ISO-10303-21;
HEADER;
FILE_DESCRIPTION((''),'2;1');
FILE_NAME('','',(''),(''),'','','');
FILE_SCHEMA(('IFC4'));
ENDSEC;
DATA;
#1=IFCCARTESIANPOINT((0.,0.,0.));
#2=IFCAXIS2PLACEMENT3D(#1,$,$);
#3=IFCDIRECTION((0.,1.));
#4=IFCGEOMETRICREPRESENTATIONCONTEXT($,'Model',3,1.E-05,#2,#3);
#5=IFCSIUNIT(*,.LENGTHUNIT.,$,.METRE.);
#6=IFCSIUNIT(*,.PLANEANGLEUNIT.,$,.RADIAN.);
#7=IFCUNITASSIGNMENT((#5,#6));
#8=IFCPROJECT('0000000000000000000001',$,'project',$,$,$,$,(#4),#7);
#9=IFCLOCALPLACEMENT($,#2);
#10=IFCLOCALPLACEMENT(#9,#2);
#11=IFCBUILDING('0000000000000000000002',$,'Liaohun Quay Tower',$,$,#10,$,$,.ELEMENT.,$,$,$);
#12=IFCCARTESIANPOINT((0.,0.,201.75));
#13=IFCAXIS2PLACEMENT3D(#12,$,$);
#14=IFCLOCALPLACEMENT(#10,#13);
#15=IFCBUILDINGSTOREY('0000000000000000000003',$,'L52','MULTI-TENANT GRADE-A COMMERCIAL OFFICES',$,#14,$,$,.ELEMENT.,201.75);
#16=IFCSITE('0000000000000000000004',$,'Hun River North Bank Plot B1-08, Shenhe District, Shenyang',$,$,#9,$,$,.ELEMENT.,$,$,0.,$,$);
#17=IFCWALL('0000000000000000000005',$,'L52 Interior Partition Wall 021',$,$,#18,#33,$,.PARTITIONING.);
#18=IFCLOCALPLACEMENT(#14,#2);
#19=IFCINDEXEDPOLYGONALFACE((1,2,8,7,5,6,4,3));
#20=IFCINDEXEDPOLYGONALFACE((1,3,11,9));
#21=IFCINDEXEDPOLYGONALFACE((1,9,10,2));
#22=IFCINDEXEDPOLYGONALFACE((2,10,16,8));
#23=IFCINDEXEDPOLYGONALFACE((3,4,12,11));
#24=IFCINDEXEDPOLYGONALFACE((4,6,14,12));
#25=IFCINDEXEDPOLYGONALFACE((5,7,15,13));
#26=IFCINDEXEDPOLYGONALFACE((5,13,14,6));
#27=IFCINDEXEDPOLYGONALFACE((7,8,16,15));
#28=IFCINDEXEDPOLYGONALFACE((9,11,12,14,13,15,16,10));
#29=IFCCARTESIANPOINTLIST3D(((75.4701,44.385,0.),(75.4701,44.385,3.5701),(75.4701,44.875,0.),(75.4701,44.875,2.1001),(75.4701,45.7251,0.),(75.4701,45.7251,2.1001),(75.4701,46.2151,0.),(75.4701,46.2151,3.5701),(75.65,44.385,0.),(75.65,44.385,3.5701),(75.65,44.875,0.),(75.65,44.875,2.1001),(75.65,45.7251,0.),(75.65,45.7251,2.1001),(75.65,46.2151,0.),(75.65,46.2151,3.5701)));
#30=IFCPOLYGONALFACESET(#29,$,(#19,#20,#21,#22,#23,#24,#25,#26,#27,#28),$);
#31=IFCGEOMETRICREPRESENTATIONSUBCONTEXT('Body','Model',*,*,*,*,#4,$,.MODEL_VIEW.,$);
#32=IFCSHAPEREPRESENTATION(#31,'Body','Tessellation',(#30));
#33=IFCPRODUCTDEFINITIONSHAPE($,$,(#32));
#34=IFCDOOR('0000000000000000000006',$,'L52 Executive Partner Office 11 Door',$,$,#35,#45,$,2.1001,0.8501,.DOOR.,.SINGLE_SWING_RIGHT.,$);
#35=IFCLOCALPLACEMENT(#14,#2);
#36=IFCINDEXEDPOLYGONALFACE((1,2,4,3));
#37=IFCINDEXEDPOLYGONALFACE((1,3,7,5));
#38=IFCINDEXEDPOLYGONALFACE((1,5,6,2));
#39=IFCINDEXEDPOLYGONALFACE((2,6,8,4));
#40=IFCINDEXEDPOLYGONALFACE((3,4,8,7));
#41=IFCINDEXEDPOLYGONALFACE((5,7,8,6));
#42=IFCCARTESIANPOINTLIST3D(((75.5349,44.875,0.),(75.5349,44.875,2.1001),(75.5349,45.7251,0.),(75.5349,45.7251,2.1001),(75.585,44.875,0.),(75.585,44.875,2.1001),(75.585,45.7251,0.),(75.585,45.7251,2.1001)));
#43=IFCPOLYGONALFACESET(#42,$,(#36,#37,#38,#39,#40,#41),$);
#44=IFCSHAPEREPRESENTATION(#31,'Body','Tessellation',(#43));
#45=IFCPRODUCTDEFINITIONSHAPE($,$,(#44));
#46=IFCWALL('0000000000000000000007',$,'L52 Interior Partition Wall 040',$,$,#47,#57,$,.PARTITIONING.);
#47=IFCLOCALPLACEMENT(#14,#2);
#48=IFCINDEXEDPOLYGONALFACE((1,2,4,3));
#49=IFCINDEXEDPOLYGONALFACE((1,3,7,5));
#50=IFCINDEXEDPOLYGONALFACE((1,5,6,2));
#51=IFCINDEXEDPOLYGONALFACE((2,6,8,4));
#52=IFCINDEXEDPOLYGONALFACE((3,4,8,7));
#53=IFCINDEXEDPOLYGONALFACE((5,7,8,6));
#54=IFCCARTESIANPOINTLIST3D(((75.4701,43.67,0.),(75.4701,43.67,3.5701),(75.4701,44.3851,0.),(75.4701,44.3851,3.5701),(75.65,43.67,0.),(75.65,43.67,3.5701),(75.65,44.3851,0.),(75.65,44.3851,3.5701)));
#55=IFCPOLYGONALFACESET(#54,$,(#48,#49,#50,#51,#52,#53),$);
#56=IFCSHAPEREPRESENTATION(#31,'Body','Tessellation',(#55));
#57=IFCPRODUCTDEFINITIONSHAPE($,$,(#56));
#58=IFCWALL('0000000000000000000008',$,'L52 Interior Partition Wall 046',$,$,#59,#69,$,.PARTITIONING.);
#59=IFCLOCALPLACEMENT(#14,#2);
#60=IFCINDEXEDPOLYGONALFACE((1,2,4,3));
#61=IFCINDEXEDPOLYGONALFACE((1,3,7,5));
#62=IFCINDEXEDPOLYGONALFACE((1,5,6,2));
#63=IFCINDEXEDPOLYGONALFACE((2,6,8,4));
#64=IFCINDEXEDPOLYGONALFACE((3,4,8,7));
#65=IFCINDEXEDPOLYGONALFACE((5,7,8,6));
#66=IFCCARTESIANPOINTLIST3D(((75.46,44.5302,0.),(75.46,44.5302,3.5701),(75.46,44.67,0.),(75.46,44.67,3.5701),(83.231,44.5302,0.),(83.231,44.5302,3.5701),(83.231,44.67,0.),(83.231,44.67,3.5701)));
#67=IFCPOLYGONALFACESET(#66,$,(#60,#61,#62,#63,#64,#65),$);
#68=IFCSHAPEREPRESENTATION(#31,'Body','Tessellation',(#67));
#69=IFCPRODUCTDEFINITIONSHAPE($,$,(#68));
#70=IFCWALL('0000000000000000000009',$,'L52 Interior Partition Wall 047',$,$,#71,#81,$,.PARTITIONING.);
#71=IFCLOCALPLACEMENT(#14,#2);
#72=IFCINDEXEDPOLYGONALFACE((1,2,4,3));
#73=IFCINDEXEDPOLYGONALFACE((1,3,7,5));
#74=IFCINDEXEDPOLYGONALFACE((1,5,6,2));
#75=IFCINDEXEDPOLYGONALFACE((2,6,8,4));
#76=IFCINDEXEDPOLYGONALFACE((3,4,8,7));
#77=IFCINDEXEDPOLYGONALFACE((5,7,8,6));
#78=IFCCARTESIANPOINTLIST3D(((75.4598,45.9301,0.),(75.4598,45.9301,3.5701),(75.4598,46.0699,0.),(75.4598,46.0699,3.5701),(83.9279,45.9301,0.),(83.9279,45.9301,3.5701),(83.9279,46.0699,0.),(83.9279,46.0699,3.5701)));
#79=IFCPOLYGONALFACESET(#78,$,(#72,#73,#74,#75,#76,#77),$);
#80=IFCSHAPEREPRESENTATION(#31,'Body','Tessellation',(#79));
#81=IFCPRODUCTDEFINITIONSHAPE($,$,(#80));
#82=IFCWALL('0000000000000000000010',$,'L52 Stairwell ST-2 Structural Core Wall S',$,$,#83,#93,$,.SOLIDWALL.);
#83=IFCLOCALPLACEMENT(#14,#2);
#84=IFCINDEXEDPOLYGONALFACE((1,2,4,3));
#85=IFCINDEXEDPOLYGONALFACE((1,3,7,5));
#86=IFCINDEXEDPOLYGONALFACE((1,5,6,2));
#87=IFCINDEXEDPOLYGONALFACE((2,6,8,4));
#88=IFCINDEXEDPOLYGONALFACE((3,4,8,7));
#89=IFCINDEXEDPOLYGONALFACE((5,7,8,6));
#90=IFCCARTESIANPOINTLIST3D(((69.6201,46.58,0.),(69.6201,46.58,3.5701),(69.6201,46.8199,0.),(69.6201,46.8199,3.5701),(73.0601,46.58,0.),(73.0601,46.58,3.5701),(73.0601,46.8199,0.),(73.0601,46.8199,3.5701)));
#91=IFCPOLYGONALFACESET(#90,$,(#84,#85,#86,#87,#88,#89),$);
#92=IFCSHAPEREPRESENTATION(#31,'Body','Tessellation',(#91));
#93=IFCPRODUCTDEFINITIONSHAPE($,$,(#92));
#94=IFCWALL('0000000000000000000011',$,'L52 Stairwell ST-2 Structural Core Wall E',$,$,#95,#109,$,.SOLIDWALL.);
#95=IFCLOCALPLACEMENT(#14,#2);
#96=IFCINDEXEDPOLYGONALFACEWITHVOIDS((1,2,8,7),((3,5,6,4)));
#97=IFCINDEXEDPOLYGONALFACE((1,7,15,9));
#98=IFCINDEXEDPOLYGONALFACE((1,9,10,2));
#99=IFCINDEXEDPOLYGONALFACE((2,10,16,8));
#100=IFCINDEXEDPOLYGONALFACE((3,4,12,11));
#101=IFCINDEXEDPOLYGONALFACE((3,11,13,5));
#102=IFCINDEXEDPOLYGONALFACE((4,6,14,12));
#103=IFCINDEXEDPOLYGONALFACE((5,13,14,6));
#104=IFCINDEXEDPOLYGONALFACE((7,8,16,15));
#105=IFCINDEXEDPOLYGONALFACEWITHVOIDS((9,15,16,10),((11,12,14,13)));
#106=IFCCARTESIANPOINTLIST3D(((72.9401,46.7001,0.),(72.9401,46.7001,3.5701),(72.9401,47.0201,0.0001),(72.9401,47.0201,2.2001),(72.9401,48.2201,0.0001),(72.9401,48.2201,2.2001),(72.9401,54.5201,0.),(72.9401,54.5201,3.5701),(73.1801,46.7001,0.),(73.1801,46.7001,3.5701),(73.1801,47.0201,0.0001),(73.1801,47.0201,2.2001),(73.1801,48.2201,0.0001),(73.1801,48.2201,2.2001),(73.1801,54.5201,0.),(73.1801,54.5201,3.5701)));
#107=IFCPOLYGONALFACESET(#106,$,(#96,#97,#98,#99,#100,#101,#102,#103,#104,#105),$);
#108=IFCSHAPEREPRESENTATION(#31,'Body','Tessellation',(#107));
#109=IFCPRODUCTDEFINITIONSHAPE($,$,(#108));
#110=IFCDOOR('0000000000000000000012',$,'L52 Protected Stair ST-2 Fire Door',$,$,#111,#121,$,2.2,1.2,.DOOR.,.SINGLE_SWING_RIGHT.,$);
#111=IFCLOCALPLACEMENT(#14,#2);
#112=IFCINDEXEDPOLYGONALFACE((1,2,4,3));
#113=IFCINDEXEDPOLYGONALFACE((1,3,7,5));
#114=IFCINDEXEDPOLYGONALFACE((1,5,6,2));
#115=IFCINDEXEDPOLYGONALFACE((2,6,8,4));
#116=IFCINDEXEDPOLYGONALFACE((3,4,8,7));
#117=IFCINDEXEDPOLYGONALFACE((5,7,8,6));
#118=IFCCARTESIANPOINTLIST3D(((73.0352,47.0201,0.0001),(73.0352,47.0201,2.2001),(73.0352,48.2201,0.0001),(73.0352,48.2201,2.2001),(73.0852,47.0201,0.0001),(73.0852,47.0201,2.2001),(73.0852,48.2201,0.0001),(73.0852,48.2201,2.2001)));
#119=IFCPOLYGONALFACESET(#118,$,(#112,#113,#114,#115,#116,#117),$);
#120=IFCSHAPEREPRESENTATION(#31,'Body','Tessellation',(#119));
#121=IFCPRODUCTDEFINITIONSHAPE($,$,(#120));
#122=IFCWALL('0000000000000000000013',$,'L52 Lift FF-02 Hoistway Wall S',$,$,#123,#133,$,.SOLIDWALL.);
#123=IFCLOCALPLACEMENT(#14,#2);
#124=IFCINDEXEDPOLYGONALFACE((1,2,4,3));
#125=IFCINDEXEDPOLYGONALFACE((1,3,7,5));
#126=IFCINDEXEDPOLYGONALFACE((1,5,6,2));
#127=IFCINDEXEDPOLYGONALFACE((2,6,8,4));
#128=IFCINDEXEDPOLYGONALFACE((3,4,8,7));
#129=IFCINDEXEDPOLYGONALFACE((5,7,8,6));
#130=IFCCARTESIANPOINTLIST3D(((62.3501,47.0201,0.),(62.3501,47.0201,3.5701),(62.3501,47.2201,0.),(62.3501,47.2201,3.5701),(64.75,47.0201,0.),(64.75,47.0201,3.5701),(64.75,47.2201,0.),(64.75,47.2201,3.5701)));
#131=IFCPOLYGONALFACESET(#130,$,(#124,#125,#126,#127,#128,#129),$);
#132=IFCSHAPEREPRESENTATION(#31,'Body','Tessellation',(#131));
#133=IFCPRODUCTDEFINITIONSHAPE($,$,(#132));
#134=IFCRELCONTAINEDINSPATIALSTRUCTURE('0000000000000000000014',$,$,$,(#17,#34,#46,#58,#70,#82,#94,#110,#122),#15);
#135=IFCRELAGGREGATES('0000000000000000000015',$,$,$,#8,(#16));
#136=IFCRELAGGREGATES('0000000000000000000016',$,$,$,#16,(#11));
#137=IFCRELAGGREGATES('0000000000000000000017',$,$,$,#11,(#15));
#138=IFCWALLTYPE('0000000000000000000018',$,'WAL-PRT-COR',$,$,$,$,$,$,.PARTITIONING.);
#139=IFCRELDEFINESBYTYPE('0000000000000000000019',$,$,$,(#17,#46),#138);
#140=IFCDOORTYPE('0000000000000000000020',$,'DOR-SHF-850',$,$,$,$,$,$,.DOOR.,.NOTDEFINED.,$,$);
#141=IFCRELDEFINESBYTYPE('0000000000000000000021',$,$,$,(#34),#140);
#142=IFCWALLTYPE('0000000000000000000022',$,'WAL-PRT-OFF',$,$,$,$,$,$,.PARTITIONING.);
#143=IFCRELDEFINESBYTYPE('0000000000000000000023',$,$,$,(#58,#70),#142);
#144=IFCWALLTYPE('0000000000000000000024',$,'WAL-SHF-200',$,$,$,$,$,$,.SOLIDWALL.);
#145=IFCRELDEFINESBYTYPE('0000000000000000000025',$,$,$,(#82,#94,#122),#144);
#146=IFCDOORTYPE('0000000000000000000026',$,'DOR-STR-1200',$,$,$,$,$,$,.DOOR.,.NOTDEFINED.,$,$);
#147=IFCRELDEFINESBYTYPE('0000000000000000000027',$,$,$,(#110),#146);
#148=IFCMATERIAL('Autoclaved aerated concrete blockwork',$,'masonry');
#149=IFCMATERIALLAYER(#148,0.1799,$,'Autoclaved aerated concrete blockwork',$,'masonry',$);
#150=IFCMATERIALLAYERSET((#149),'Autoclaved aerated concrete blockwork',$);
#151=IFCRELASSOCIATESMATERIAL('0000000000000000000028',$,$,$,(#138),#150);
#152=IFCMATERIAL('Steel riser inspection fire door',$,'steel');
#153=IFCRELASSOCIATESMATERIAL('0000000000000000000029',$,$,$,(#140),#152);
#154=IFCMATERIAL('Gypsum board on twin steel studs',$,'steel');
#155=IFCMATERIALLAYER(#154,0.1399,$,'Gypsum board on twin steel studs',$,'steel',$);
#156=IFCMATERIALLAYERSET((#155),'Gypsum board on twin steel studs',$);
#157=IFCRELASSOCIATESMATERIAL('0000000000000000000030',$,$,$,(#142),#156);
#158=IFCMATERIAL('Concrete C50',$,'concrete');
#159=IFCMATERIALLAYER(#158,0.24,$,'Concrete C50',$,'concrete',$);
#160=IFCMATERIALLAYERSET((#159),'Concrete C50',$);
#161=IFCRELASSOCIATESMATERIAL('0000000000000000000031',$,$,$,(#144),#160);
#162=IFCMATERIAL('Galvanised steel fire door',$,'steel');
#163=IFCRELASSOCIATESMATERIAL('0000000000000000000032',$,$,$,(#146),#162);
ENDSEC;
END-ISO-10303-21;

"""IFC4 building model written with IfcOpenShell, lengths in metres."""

from ifc_helpers import new_model, si_unit, direction, frame, frame_2d, origin, place, context, subcontext, project, spatial, rectangle, extrude, source, transform, mapped, material, layer, layer_set, type_object, element, fill, save


model = new_model("IFC4")

# Units and contexts
model_context = context("Model", 3, precision=1e-05, world=origin(), true_north=direction((0.0, 1.0)))
body_context = subcontext(model_context, "Body", "Model", "MODEL_VIEW")
ifc_project = project(units=[si_unit("LENGTHUNIT", "METRE"), si_unit("PLANEANGLEUNIT", "RADIAN")], contexts=[model_context])

# Site, building, storey
site_placement = place(None, origin())
site = spatial("IfcSite", under=ifc_project, at=site_placement, Name="Hun River North Bank Plot B1-08, Shenhe District, Shenyang", CompositionType="ELEMENT", RefElevation=0.0)
building_placement = place(site_placement, origin())
building = spatial("IfcBuilding", under=site, at=building_placement, Name="Liaohun Quay Tower", CompositionType="ELEMENT")
storey_placement = place(building_placement, frame((0.0, 0.0, 201.75)))
storey = spatial("IfcBuildingStorey", under=building, at=storey_placement, Name="L52", Description="MULTI-TENANT GRADE-A COMMERCIAL OFFICES", CompositionType="ELEMENT", Elevation=201.75)

# Wall, opening, door
ifc_material_1 = material(Name="Autoclaved aerated concrete blockwork", Category="masonry")
ifc_layer_1 = layer(ifc_material_1, 0.1799, Name="Autoclaved aerated concrete blockwork", Category="masonry")
ifc_layer_set_1 = layer_set([ifc_layer_1], Name="Autoclaved aerated concrete blockwork")
wall_type_1 = type_object("IfcWallType", Name="WAL-PRT-COR", PredefinedType="PARTITIONING", material=ifc_layer_set_1)
wall_1_placement = place(storey_placement, frame((75.5601, 46.2151, 0.0), z_axis=(0.0, 0.0, 1.0), x_axis=(0.0, -1.0, 0.0)))
wall_1 = element("IfcWall", 1, at=wall_1_placement, inside=storey, type_object=wall_type_1, Name="L52 Interior Partition Wall 021", PredefinedType="PARTITIONING", context=body_context, shape_type="SweptSolid", body=[
    extrude(rectangle(XDim=1.8301, YDim=0.1799, at=frame_2d((0.915, 0.0))), origin(), (0.0, 0.0, 1.0), 3.5701),
])
shared_shape_1 = source(origin(), body_context, "Body", "SweptSolid", [
    extrude(rectangle(XDim=0.8501, YDim=2.1001, at=frame_2d((0.425, 1.05))), frame((0.0, 0.0999, 0.0), z_axis=(0.0, -1.0, 0.0), x_axis=(1.0, 0.0, 0.0)), (0.0, 0.0, 1.0), 0.2),
])
opening_1_placement = place(wall_1_placement, frame((0.49, 0.0, 0.0)))
opening_1 = element("IfcOpeningElement", 2, at=opening_1_placement, cuts=wall_1, PredefinedType="OPENING", context=body_context, shape_type="MappedRepresentation", body=[
    mapped(shared_shape_1, transform((0.0, 0.0, 0.0), x_axis=(1.0, 0.0, 0.0), y_axis=(0.0, 1.0, 0.0), z_axis=(0.0, 0.0, 1.0), scale=1.0)),
])
ifc_material_2 = material(Name="Steel riser inspection fire door", Category="steel")
door_type_1 = type_object("IfcDoorType", Name="DOR-SHF-850", OperationType="NOTDEFINED", PredefinedType="DOOR", material=ifc_material_2)
shared_shape_2 = source(origin(), body_context, "Body", "SweptSolid", [
    extrude(rectangle(XDim=0.8501, YDim=2.1001, at=frame_2d((0.425, 1.05))), frame((0.0, 0.0249, 0.0), z_axis=(0.0, -1.0, 0.0), x_axis=(1.0, 0.0, 0.0)), (0.0, 0.0, 1.0), 0.05),
])
door_1_placement = place(opening_1_placement, origin())
door_1 = element("IfcDoor", 3, at=door_1_placement, inside=storey, type_object=door_type_1, Name="L52 Executive Partner Office 11 Door", OperationType="SINGLE_SWING_RIGHT", OverallHeight=2.1001, OverallWidth=0.8501, PredefinedType="DOOR", context=body_context, shape_type="MappedRepresentation", body=[
    mapped(shared_shape_2, transform((0.0, 0.0, 0.0), x_axis=(1.0, 0.0, 0.0), y_axis=(0.0, 1.0, 0.0), z_axis=(0.0, 0.0, 1.0), scale=1.0)),
])
fill(opening_1, door_1)

# Walls
wall_2_placement = place(storey_placement, frame((75.5601, 44.385, 0.0), z_axis=(0.0, 0.0, 1.0), x_axis=(0.0, -1.0, 0.0)))
element("IfcWall", 4, at=wall_2_placement, inside=storey, type_object=wall_type_1, Name="L52 Interior Partition Wall 040", PredefinedType="PARTITIONING", context=body_context, shape_type="SweptSolid", body=[
    extrude(rectangle(XDim=0.7151, YDim=0.1799, at=frame_2d((0.3574, 0.0))), origin(), (0.0, 0.0, 1.0), 3.5701),
])
ifc_material_3 = material(Name="Gypsum board on twin steel studs", Category="steel")
ifc_layer_2 = layer(ifc_material_3, 0.1399, Name="Gypsum board on twin steel studs", Category="steel")
ifc_layer_set_2 = layer_set([ifc_layer_2], Name="Gypsum board on twin steel studs")
wall_type_2 = type_object("IfcWallType", Name="WAL-PRT-OFF", PredefinedType="PARTITIONING", material=ifc_layer_set_2)
wall_3_placement = place(storey_placement, frame((75.46, 44.6001, 0.0), z_axis=(0.0, 0.0, 1.0), x_axis=(1.0, 0.0, 0.0)))
element("IfcWall", 5, at=wall_3_placement, inside=storey, type_object=wall_type_2, Name="L52 Interior Partition Wall 046", PredefinedType="PARTITIONING", context=body_context, shape_type="SweptSolid", body=[
    extrude(rectangle(XDim=7.771, YDim=0.1399, at=frame_2d((3.8855, 0.0))), origin(), (0.0, 0.0, 1.0), 3.5701),
])
wall_4_placement = place(storey_placement, frame((75.46, 46.0, 0.0), z_axis=(0.0, 0.0, 1.0), x_axis=(1.0, 0.0, 0.0)))
element("IfcWall", 6, at=wall_4_placement, inside=storey, type_object=wall_type_2, Name="L52 Interior Partition Wall 047", PredefinedType="PARTITIONING", context=body_context, shape_type="SweptSolid", body=[
    extrude(rectangle(XDim=8.468, YDim=0.1399, at=frame_2d((4.2339, 0.0))), origin(), (0.0, 0.0, 1.0), 3.5701),
])
ifc_material_4 = material(Name="Concrete C50", Category="concrete")
ifc_layer_3 = layer(ifc_material_4, 0.24, Name="Concrete C50", Category="concrete")
ifc_layer_set_3 = layer_set([ifc_layer_3], Name="Concrete C50")
wall_type_3 = type_object("IfcWallType", Name="WAL-SHF-200", PredefinedType="SOLIDWALL", material=ifc_layer_set_3)
wall_5_placement = place(storey_placement, frame((69.6201, 46.7, 0.0), z_axis=(0.0, 0.0, 1.0), x_axis=(1.0, 0.0, 0.0)))
element("IfcWall", 7, at=wall_5_placement, inside=storey, type_object=wall_type_3, Name="L52 Stairwell ST-2 Structural Core Wall S", PredefinedType="SOLIDWALL", context=body_context, shape_type="SweptSolid", body=[
    extrude(rectangle(XDim=3.4399, YDim=0.24, at=frame_2d((1.72, 0.0))), origin(), (0.0, 0.0, 1.0), 3.5701),
])

# Wall, opening, door
wall_6_placement = place(storey_placement, frame((73.0601, 46.7, 0.0), z_axis=(0.0, 0.0, 1.0), x_axis=(0.0, 1.0, 0.0)))
wall_6 = element("IfcWall", 8, at=wall_6_placement, inside=storey, type_object=wall_type_3, Name="L52 Stairwell ST-2 Structural Core Wall E", PredefinedType="SOLIDWALL", context=body_context, shape_type="SweptSolid", body=[
    extrude(rectangle(XDim=7.8201, YDim=0.24, at=frame_2d((3.9102, 0.0))), origin(), (0.0, 0.0, 1.0), 3.5701),
])
shared_shape_3 = source(origin(), body_context, "Body", "SweptSolid", [
    extrude(rectangle(XDim=1.2, YDim=2.2, at=frame_2d((0.6001, 1.1001))), frame((0.0, 0.1299, 0.0), z_axis=(0.0, -1.0, 0.0), x_axis=(1.0, 0.0, 0.0)), (0.0, 0.0, 1.0), 0.26),
])
opening_2_placement = place(wall_6_placement, frame((0.3201, 0.0, 0.0)))
opening_2 = element("IfcOpeningElement", 9, at=opening_2_placement, cuts=wall_6, PredefinedType="OPENING", context=body_context, shape_type="MappedRepresentation", body=[
    mapped(shared_shape_3, transform((0.0, 0.0, 0.0), x_axis=(1.0, 0.0, 0.0), y_axis=(0.0, 1.0, 0.0), z_axis=(0.0, 0.0, 1.0), scale=1.0)),
])
ifc_material_5 = material(Name="Galvanised steel fire door", Category="steel")
door_type_2 = type_object("IfcDoorType", Name="DOR-STR-1200", OperationType="NOTDEFINED", PredefinedType="DOOR", material=ifc_material_5)
shared_shape_4 = source(origin(), body_context, "Body", "SweptSolid", [
    extrude(rectangle(XDim=1.2, YDim=2.2, at=frame_2d((0.6001, 1.1001))), frame((0.0, 0.0249, 0.0), z_axis=(0.0, -1.0, 0.0), x_axis=(1.0, 0.0, 0.0)), (0.0, 0.0, 1.0), 0.05),
])
door_2_placement = place(opening_2_placement, origin())
door_2 = element("IfcDoor", 10, at=door_2_placement, inside=storey, type_object=door_type_2, Name="L52 Protected Stair ST-2 Fire Door", OperationType="SINGLE_SWING_RIGHT", OverallHeight=2.2, OverallWidth=1.2, PredefinedType="DOOR", context=body_context, shape_type="MappedRepresentation", body=[
    mapped(shared_shape_4, transform((0.0, 0.0, 0.0), x_axis=(1.0, 0.0, 0.0), y_axis=(0.0, 1.0, 0.0), z_axis=(0.0, 0.0, 1.0), scale=1.0)),
])
fill(opening_2, door_2)

# Wall
wall_7_placement = place(storey_placement, frame((62.3501, 47.1201, 0.0), z_axis=(0.0, 0.0, 1.0), x_axis=(1.0, 0.0, 0.0)))
element("IfcWall", 11, at=wall_7_placement, inside=storey, type_object=wall_type_3, Name="L52 Lift FF-02 Hoistway Wall S", PredefinedType="SOLIDWALL", context=body_context, shape_type="SweptSolid", body=[
    extrude(rectangle(XDim=2.3999, YDim=0.2, at=frame_2d((1.2, 0.0))), origin(), (0.0, 0.0, 1.0), 3.5701),
])

save(model, "model.ifc")
